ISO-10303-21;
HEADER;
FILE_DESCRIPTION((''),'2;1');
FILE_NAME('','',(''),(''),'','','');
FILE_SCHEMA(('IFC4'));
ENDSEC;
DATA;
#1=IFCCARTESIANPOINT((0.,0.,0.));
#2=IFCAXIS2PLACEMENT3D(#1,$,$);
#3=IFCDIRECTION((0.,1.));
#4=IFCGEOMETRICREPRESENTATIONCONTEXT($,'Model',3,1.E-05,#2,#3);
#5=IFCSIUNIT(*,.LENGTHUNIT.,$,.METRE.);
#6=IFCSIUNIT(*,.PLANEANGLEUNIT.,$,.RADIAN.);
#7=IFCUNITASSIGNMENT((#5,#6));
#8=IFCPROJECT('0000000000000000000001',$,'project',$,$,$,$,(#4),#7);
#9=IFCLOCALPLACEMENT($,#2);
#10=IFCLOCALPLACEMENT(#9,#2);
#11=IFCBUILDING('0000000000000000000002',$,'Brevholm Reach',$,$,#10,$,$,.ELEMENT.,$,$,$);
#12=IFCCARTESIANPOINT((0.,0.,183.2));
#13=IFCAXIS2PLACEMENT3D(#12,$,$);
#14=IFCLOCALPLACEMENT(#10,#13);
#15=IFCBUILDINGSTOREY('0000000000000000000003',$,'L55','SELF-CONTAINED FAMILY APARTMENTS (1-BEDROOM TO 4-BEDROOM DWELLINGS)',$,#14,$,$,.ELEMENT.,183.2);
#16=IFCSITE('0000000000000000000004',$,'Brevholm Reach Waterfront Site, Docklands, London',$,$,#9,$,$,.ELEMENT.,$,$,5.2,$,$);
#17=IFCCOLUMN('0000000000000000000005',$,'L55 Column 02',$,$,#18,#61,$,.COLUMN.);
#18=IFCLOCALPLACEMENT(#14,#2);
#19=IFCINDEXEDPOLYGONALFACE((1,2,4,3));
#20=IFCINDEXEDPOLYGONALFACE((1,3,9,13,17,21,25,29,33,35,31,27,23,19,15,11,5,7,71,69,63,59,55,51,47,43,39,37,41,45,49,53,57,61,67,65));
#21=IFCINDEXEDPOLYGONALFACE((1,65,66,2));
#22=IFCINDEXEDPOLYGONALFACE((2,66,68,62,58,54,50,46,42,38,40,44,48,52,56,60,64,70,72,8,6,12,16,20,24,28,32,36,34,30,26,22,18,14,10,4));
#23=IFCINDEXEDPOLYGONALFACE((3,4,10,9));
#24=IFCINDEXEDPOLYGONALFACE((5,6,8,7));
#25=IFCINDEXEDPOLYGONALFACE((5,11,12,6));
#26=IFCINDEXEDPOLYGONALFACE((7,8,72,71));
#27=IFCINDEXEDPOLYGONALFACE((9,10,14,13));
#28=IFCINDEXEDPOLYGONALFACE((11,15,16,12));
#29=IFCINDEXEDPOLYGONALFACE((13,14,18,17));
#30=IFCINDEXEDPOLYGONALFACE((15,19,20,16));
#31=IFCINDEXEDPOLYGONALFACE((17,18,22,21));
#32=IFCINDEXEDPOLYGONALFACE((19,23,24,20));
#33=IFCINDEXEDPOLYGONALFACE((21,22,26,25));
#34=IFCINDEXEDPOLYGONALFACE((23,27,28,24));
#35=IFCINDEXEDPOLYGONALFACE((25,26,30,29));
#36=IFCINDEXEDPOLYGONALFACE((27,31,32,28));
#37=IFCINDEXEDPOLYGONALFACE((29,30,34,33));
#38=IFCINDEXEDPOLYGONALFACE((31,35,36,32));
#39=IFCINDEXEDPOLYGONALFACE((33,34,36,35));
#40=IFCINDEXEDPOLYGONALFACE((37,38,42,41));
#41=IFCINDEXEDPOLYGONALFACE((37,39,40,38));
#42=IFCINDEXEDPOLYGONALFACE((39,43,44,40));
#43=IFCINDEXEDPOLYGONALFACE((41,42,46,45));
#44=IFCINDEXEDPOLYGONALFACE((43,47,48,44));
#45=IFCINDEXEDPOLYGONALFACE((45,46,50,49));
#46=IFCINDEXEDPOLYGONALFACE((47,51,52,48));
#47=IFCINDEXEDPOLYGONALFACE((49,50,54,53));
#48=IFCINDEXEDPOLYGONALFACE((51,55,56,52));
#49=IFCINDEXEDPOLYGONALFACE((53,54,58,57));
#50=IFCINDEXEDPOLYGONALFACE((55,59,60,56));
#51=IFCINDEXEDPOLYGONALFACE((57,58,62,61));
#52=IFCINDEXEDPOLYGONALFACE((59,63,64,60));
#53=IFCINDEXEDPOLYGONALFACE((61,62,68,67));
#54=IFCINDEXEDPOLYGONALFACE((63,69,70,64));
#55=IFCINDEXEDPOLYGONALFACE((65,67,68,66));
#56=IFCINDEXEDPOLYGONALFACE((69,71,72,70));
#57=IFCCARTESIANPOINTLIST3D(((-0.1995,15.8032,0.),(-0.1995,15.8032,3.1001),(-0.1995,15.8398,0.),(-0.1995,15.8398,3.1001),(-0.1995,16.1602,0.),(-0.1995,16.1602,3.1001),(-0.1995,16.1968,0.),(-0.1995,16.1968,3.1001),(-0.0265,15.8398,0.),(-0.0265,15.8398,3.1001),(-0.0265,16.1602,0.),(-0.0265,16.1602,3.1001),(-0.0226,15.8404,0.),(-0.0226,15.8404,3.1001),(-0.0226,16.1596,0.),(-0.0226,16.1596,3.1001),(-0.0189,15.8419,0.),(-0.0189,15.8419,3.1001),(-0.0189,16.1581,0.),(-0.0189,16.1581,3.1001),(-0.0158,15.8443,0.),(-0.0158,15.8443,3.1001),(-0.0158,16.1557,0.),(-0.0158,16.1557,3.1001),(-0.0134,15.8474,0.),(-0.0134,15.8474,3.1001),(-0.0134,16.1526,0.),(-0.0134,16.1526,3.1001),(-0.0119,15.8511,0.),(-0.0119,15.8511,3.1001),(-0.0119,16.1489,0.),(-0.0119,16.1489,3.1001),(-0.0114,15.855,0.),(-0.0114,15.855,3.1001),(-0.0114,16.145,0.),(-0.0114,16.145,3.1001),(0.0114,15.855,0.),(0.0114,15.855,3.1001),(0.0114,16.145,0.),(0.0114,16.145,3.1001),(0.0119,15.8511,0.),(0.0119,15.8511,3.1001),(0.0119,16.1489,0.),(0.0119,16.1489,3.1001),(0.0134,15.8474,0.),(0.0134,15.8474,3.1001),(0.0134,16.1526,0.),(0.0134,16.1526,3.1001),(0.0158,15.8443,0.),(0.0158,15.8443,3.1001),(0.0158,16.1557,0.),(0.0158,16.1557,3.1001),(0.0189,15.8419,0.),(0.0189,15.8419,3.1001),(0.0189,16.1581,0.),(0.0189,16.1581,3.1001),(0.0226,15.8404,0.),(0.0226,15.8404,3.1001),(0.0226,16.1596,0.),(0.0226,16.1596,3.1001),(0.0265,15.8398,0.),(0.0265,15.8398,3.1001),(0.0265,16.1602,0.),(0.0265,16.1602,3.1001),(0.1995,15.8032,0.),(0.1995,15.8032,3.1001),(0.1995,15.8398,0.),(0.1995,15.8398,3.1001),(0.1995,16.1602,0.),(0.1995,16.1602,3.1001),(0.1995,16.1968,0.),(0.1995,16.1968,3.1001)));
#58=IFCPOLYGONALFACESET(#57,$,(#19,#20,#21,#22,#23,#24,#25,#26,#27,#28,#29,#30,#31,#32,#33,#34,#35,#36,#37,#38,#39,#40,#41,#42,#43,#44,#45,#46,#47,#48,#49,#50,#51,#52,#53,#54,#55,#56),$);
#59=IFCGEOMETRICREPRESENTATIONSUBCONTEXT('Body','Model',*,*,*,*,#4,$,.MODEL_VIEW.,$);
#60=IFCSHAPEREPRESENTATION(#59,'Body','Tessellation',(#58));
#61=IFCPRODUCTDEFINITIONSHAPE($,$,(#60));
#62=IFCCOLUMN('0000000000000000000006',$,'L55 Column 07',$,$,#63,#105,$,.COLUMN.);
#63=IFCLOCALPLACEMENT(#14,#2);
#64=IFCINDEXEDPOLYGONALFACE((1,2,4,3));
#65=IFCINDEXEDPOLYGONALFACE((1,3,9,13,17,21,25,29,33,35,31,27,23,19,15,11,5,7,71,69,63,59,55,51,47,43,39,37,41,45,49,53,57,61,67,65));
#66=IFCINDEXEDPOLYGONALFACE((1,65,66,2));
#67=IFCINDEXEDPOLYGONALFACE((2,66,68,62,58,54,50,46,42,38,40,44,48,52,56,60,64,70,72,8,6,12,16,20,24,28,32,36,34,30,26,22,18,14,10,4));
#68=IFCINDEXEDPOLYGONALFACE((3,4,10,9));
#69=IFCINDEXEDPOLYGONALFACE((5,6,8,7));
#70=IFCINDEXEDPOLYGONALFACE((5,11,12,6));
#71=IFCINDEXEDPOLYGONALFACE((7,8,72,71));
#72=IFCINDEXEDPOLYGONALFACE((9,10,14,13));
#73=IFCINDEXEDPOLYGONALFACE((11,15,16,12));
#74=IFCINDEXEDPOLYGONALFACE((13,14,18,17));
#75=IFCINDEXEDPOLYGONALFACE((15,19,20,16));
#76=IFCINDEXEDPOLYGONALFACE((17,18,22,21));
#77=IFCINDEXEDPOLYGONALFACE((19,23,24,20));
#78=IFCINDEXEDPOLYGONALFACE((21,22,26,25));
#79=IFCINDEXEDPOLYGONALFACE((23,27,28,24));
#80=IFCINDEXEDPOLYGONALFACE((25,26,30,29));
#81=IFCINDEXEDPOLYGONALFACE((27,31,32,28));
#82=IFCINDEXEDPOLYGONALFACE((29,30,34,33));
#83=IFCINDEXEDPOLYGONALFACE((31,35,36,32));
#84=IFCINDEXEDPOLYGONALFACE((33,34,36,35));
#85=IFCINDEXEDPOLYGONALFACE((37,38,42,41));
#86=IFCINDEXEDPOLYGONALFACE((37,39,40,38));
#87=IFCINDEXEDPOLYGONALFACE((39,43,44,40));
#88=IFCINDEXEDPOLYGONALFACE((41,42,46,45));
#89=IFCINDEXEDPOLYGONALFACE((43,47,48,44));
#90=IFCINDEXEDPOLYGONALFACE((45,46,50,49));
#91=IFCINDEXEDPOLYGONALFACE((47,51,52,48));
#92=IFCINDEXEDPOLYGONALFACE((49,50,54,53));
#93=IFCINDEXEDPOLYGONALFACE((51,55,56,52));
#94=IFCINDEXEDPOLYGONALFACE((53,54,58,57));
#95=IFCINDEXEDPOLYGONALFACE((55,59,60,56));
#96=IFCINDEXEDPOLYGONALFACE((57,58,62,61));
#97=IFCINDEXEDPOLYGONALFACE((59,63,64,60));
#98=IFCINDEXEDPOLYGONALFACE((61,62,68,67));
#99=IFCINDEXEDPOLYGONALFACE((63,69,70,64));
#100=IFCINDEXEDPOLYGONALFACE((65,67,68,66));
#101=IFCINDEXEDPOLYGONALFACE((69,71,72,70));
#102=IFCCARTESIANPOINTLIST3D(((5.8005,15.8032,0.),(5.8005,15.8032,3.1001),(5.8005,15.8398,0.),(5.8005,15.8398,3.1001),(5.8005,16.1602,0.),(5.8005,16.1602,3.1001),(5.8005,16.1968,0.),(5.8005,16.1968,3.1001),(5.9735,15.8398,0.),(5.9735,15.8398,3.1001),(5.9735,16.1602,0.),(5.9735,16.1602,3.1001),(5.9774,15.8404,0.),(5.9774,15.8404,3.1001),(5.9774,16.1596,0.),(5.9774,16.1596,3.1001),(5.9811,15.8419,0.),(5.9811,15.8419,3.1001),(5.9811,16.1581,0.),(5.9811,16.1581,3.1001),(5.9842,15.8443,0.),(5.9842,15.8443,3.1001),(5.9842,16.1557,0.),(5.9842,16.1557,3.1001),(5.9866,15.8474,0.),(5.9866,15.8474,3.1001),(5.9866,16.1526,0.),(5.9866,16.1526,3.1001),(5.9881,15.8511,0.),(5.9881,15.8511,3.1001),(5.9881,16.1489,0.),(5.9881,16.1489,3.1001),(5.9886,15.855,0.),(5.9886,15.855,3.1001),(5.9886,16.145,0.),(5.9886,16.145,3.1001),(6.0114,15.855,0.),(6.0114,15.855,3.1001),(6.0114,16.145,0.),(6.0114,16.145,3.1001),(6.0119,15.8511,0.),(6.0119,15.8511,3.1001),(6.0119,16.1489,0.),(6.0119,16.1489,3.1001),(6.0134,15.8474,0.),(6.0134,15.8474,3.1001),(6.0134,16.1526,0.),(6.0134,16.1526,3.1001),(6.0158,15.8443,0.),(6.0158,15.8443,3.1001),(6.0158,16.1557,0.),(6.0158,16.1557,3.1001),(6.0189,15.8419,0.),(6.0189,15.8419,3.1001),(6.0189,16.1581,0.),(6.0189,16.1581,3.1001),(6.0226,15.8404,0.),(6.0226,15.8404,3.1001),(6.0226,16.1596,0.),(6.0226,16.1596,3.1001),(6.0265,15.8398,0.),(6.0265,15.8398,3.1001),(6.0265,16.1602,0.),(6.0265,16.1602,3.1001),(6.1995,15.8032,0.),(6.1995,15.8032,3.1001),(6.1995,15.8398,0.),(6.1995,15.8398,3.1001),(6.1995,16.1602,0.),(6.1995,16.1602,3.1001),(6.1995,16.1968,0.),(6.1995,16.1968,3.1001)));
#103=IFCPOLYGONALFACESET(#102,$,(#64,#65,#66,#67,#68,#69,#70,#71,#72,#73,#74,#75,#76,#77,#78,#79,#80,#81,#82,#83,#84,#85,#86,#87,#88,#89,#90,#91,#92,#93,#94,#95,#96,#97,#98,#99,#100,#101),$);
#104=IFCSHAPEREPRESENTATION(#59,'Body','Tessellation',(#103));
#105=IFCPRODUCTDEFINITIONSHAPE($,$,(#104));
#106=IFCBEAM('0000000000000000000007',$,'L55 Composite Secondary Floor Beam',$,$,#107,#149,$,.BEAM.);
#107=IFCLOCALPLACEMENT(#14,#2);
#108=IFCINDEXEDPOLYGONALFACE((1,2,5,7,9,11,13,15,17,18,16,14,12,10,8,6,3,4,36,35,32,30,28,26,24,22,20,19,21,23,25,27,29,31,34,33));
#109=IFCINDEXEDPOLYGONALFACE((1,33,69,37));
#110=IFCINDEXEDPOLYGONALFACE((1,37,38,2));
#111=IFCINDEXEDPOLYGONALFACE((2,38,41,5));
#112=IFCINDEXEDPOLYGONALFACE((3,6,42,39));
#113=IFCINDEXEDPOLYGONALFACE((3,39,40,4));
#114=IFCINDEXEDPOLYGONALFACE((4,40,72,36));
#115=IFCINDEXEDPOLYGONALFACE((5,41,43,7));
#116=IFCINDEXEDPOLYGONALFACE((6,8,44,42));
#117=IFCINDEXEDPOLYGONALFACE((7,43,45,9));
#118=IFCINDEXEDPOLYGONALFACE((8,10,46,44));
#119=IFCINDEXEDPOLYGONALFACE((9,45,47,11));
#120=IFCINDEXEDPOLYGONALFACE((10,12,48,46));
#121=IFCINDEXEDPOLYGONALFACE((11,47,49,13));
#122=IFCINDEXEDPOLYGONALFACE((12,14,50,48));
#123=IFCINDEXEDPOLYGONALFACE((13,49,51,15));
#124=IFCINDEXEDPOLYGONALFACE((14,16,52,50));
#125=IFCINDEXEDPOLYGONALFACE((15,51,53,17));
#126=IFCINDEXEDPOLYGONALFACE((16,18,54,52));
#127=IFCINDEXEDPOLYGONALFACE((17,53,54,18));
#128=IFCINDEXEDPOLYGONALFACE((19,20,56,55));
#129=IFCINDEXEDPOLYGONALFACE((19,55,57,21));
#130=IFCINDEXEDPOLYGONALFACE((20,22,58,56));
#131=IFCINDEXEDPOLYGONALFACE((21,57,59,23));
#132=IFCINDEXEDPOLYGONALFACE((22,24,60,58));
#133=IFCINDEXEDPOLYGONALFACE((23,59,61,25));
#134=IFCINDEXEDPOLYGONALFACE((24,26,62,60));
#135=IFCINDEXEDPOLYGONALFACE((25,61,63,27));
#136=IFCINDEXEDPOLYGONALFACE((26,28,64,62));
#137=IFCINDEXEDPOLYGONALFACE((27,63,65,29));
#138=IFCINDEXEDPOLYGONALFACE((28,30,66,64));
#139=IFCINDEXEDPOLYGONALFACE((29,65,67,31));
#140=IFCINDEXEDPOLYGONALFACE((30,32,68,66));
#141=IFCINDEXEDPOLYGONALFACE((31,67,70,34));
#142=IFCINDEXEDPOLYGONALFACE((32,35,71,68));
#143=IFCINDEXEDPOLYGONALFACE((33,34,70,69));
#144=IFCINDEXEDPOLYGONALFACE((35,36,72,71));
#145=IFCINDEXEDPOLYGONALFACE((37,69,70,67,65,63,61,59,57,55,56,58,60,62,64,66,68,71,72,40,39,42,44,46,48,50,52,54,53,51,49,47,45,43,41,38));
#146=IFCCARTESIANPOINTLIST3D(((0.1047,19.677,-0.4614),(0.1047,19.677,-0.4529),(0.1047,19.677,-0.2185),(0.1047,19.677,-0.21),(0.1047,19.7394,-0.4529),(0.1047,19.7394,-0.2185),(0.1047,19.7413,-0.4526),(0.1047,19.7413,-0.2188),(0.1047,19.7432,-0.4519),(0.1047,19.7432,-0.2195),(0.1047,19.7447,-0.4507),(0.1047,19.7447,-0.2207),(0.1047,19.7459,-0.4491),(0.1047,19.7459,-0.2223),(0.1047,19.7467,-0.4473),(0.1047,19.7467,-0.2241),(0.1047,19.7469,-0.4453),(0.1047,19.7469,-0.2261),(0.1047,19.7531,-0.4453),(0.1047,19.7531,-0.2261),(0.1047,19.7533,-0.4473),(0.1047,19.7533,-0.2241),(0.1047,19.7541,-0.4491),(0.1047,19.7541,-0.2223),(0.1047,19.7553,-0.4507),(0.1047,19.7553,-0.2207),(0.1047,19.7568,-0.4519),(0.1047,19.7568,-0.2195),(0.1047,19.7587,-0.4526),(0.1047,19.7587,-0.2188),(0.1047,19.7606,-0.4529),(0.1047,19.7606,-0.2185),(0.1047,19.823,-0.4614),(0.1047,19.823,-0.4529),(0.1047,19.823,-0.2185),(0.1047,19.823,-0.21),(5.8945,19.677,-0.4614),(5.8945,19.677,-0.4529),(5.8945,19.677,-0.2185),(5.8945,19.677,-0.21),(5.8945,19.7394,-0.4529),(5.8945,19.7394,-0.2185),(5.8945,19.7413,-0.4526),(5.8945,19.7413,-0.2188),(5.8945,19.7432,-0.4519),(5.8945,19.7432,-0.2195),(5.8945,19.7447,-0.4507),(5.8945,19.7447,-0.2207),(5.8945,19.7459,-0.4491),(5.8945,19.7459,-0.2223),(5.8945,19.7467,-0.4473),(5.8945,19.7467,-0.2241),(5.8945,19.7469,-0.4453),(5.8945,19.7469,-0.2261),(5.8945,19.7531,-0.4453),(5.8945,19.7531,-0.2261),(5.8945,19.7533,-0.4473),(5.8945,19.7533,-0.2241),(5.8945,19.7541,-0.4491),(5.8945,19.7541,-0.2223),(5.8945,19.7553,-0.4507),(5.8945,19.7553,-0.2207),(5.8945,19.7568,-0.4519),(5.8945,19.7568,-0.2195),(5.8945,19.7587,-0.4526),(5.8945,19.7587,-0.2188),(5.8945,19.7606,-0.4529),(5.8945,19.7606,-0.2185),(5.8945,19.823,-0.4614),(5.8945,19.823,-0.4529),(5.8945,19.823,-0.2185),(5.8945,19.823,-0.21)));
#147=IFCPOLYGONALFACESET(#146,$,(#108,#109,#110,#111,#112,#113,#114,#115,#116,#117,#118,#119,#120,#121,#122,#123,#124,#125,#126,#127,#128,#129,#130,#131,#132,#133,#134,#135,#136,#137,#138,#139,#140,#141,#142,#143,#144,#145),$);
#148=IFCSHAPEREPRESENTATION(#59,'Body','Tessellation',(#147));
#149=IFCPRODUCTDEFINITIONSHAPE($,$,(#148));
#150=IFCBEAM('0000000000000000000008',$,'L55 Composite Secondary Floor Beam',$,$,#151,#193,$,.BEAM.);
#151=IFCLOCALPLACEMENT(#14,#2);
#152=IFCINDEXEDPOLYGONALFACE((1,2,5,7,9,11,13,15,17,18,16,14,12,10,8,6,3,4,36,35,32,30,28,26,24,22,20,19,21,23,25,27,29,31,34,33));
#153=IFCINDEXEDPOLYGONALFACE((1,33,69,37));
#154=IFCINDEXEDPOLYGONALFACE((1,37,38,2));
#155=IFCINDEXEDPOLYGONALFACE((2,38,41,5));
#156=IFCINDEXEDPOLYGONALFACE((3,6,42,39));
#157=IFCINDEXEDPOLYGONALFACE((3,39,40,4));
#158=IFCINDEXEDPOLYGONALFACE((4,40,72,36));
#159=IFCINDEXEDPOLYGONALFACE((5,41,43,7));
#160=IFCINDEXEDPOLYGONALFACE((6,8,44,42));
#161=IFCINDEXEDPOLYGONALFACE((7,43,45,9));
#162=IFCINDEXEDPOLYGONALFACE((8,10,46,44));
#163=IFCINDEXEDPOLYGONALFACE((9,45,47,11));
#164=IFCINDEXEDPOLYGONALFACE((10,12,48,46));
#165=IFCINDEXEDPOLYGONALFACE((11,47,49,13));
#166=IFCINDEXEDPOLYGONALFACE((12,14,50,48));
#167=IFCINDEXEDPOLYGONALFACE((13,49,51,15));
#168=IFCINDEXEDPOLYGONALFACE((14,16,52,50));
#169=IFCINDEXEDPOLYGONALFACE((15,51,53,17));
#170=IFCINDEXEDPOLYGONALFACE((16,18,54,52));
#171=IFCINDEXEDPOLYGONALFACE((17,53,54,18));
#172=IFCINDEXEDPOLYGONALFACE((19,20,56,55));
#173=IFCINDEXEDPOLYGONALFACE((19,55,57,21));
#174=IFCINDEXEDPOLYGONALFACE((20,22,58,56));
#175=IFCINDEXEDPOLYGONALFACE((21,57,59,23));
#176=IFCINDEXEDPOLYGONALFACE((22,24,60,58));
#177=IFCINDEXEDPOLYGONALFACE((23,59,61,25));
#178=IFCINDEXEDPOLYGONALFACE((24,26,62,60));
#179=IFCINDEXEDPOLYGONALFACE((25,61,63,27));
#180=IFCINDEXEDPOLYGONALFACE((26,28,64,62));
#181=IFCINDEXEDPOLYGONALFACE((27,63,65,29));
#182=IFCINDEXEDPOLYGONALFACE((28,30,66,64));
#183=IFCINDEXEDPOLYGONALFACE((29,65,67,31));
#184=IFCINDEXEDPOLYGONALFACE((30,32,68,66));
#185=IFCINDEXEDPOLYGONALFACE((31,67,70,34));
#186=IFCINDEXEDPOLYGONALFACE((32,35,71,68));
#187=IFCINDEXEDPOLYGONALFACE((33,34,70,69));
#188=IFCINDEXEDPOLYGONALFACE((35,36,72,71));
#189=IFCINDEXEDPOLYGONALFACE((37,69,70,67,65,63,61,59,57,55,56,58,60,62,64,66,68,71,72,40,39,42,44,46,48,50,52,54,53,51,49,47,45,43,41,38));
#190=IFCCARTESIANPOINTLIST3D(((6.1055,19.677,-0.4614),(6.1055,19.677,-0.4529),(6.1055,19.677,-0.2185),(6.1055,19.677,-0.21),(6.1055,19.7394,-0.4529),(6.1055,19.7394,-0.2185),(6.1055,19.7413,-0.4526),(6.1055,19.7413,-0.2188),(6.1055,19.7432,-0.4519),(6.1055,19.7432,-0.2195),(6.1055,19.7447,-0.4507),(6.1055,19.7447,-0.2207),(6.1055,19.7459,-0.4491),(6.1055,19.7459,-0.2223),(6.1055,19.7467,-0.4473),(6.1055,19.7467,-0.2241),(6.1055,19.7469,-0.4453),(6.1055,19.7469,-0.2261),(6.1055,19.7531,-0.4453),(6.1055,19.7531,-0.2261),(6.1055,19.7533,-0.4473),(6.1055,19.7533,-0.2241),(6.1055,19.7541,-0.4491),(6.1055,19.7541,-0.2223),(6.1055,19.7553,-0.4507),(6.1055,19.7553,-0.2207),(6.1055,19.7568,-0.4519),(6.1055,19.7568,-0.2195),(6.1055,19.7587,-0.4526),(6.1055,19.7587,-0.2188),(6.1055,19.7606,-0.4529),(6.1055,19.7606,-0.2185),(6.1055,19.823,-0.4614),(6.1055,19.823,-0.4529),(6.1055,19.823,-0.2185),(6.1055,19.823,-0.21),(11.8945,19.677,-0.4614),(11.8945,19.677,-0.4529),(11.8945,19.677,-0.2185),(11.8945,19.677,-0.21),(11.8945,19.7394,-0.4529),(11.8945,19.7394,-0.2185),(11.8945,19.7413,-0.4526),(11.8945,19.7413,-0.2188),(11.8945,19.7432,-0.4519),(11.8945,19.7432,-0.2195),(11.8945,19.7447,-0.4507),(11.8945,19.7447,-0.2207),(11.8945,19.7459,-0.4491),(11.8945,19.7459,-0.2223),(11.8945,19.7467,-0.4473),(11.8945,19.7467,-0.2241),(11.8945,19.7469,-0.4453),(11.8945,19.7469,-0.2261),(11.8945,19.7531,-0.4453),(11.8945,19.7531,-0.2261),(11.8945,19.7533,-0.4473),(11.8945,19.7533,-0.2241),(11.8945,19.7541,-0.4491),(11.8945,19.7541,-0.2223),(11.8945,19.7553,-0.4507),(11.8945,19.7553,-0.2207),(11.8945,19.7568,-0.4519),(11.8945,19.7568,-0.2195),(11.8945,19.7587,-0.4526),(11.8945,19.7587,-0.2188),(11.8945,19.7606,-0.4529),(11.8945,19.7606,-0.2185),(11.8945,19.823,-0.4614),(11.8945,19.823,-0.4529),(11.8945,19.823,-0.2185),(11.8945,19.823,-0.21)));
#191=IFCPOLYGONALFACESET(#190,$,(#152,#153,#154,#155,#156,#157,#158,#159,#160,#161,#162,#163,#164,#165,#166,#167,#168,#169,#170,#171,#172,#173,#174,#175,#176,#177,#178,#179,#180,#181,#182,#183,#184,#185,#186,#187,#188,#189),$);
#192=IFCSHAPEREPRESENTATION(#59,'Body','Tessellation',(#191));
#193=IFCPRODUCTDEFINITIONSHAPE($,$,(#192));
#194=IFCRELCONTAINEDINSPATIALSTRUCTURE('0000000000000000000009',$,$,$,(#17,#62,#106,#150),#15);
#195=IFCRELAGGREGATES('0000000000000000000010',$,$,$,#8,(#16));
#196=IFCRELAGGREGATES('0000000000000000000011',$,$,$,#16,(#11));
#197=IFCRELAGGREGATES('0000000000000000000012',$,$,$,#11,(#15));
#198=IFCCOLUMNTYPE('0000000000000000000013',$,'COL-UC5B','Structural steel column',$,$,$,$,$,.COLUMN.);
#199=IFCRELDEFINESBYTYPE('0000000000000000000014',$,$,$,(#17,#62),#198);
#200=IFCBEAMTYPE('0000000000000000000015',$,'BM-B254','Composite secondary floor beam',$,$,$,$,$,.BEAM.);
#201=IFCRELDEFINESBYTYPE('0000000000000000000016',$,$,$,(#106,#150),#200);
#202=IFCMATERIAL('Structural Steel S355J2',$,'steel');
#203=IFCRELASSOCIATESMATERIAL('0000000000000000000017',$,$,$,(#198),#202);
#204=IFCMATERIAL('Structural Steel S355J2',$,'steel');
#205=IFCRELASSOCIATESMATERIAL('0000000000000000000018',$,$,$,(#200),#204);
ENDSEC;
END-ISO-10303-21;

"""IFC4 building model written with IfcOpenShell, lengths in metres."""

from ifc_helpers import new_model, si_unit, direction, frame, origin, origin_2d, place, context, subcontext, project, spatial, i_section, extrude, material, material_profile, profile_set, type_object, element, save


model = new_model("IFC4")

# Units and contexts
model_context = context("Model", 3, precision=1e-05, world=origin(), true_north=direction((0.0, 1.0)))
body_context = subcontext(model_context, "Body", "Model", "MODEL_VIEW")
ifc_project = project(units=[si_unit("LENGTHUNIT", "METRE"), si_unit("PLANEANGLEUNIT", "RADIAN")], contexts=[model_context])

# Site, building, storey
site_placement = place(None, origin())
site = spatial("IfcSite", under=ifc_project, at=site_placement, Name="Brevholm Reach Waterfront Site, Docklands, London", CompositionType="ELEMENT", RefElevation=5.2)
building_placement = place(site_placement, origin())
building = spatial("IfcBuilding", under=site, at=building_placement, Name="Brevholm Reach", CompositionType="ELEMENT")
storey_placement = place(building_placement, frame((0.0, 0.0, 183.2)))
storey = spatial("IfcBuildingStorey", under=building, at=storey_placement, Name="L55", Description="SELF-CONTAINED FAMILY APARTMENTS (1-BEDROOM TO 4-BEDROOM DWELLINGS)", CompositionType="ELEMENT", Elevation=183.2)

# Columns
ifc_material_1 = material(Name="Structural Steel S355J2", Category="steel")
ifc_material_profile_1 = material_profile(ifc_material_1, i_section(OverallWidth=0.3989, OverallDepth=0.3936, WebThickness=0.0227, FlangeThickness=0.0366, FilletRadius=0.0151, at=origin_2d()), Name="UKC 356x406x287")
ifc_profile_set_1 = profile_set([ifc_material_profile_1], Name="Structural Steel S355J2")
column_type = type_object("IfcColumnType", Name="COL-UC5B", Description="Structural steel column", PredefinedType="COLUMN", material=ifc_profile_set_1)
for number, where, z_axis, x_axis, name in (
    (1, (0.0, 16.0, 0.0), (0.0, 0.0, 1.0), (1.0, 0.0, 0.0), "L55 Column 02"),
    (2, (6.0, 16.0, 0.0), (0.0, 0.0, 1.0), (1.0, 0.0, 0.0), "L55 Column 07"),
):
    element("IfcColumn", number, at=place(storey_placement, frame(where, z_axis=z_axis, x_axis=x_axis)), inside=storey, type_object=column_type, Name=name, PredefinedType="COLUMN", context=body_context, shape_type="SweptSolid", body=[
        extrude(i_section(OverallWidth=0.3989, OverallDepth=0.3936, WebThickness=0.0227, FlangeThickness=0.0366, FilletRadius=0.0151, at=origin_2d()), origin(), (0.0, 0.0, 1.0), 3.1001),
    ])

# Beams
ifc_material_2 = material(Name="Structural Steel S355J2", Category="steel")
ifc_material_profile_2 = material_profile(ifc_material_2, i_section(OverallWidth=0.146, OverallDepth=0.2515, WebThickness=0.0061, FlangeThickness=0.0085, FilletRadius=0.0076, at=origin_2d()), Name="UKB 254x146x31")
ifc_profile_set_2 = profile_set([ifc_material_profile_2], Name="Structural Steel S355J2")
beam_type_1 = type_object("IfcBeamType", Name="BM-B254", Description="Composite secondary floor beam", PredefinedType="BEAM", material=ifc_profile_set_2)
beam_1_placement = place(storey_placement, frame((0.1047, 19.75, -0.3357), z_axis=(1.0, 0.0, 0.0), x_axis=(0.0, 1.0, 0.0)))
element("IfcBeam", 3, at=beam_1_placement, inside=storey, type_object=beam_type_1, Name="L55 Composite Secondary Floor Beam", PredefinedType="BEAM", context=body_context, shape_type="SweptSolid", body=[
    extrude(i_section(OverallWidth=0.146, OverallDepth=0.2515, WebThickness=0.0061, FlangeThickness=0.0085, FilletRadius=0.0076, at=origin_2d()), origin(), (0.0, 0.0, 1.0), 5.7898),
])
beam_2_placement = place(storey_placement, frame((6.1055, 19.75, -0.3357), z_axis=(1.0, 0.0, 0.0), x_axis=(0.0, 1.0, 0.0)))
element("IfcBeam", 4, at=beam_2_placement, inside=storey, type_object=beam_type_1, Name="L55 Composite Secondary Floor Beam", PredefinedType="BEAM", context=body_context, shape_type="SweptSolid", body=[
    extrude(i_section(OverallWidth=0.146, OverallDepth=0.2515, WebThickness=0.0061, FlangeThickness=0.0085, FilletRadius=0.0076, at=origin_2d()), origin(), (0.0, 0.0, 1.0), 5.7891),
])

save(model, "model.ifc")
